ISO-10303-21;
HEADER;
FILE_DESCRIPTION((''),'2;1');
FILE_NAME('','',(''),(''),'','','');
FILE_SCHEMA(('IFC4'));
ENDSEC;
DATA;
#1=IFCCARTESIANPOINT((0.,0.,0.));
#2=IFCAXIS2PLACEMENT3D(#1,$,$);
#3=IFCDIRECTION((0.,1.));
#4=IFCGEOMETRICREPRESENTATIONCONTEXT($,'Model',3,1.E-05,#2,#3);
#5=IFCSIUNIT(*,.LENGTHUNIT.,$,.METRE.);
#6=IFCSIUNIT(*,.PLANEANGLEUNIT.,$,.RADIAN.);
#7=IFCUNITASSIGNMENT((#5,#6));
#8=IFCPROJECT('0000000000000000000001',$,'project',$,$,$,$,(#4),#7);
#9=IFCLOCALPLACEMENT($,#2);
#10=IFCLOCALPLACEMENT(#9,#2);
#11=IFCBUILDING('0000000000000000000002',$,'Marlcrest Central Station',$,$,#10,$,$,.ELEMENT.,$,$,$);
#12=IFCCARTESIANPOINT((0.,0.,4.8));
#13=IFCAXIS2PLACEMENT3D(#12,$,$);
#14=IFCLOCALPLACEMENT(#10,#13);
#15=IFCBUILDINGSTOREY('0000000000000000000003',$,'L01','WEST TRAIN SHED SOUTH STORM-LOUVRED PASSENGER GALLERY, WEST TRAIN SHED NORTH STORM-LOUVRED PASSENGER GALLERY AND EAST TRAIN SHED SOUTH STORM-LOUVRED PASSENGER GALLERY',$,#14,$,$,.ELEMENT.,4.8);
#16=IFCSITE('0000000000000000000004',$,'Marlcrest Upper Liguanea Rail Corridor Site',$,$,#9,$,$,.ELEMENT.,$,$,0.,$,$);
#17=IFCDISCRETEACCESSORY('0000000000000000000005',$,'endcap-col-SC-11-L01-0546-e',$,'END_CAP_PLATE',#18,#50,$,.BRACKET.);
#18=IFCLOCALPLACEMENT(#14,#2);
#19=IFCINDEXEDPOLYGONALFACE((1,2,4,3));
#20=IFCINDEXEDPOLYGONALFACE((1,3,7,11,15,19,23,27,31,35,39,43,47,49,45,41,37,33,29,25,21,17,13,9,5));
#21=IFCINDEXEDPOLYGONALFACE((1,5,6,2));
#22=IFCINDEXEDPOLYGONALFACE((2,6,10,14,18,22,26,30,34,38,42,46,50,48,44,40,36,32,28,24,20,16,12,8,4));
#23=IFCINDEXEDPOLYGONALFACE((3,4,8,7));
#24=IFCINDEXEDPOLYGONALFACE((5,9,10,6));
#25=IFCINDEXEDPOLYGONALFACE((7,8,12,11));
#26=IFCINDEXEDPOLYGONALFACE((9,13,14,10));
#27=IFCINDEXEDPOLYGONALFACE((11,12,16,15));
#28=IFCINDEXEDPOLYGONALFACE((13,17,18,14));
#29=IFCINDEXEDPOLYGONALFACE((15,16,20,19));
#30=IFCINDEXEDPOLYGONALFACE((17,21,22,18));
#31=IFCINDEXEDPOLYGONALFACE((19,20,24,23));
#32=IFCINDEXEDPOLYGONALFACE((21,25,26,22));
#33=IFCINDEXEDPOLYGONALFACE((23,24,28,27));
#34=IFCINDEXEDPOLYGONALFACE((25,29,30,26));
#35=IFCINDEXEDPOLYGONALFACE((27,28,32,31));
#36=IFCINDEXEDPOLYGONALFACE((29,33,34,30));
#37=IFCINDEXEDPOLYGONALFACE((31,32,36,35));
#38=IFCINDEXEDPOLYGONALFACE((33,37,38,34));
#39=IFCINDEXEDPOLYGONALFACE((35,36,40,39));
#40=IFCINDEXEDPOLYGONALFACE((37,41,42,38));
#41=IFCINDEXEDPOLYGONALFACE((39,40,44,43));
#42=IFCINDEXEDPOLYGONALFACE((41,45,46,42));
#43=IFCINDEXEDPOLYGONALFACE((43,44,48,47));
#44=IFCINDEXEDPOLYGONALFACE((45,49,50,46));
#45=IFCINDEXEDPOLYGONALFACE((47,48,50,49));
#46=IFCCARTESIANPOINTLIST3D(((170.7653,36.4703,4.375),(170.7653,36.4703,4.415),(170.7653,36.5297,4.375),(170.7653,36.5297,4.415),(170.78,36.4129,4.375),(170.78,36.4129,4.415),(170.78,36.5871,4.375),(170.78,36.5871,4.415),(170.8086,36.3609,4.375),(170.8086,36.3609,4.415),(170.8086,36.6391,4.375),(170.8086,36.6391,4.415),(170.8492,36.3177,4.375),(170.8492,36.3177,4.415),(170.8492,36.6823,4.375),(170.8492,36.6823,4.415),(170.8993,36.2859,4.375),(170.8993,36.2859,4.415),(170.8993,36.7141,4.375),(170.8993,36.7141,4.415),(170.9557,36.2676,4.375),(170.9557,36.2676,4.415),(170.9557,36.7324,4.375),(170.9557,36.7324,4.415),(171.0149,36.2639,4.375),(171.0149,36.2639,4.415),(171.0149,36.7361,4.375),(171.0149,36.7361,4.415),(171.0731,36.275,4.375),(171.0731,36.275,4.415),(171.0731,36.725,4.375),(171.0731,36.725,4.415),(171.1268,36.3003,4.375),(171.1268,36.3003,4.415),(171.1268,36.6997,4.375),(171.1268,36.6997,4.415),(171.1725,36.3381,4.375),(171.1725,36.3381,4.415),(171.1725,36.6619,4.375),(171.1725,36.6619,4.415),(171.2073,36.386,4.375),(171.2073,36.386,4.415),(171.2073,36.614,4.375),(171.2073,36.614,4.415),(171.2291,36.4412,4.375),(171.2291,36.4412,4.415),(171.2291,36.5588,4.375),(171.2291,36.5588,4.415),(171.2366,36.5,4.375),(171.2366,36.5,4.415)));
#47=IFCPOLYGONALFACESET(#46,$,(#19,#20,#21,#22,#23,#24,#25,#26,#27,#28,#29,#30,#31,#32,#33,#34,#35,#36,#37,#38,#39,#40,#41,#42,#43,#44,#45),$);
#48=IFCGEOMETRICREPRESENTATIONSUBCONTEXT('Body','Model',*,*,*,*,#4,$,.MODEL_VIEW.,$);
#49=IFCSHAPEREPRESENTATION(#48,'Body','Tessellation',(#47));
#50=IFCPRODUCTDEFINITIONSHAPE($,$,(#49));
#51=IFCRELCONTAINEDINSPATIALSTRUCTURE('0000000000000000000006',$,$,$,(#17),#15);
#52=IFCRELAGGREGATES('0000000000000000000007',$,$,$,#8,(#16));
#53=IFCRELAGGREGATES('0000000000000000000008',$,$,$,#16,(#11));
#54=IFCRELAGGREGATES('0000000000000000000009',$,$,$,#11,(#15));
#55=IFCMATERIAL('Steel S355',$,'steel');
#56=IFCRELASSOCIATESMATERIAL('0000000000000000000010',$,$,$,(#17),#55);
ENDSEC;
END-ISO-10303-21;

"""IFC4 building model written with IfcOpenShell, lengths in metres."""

from ifc_helpers import new_model, si_unit, direction, frame, origin, origin_2d, place, context, subcontext, project, spatial, circle, extrude, material, element, save


model = new_model("IFC4")

# Units and contexts
model_context = context("Model", 3, precision=1e-05, world=origin(), true_north=direction((0.0, 1.0)))
body_context = subcontext(model_context, "Body", "Model", "MODEL_VIEW")
ifc_project = project(units=[si_unit("LENGTHUNIT", "METRE"), si_unit("PLANEANGLEUNIT", "RADIAN")], contexts=[model_context])

# Site, building, storey
site_placement = place(None, origin())
site = spatial("IfcSite", under=ifc_project, at=site_placement, Name="Marlcrest Upper Liguanea Rail Corridor Site", CompositionType="ELEMENT", RefElevation=0.0)
building_placement = place(site_placement, origin())
building = spatial("IfcBuilding", under=site, at=building_placement, Name="Marlcrest Central Station", CompositionType="ELEMENT")
storey_placement = place(building_placement, frame((0.0, 0.0, 4.8)))
storey = spatial("IfcBuildingStorey", under=building, at=storey_placement, Name="L01", Description="WEST TRAIN SHED SOUTH STORM-LOUVRED PASSENGER GALLERY, WEST TRAIN SHED NORTH STORM-LOUVRED PASSENGER GALLERY AND EAST TRAIN SHED SOUTH STORM-LOUVRED PASSENGER GALLERY", CompositionType="ELEMENT", Elevation=4.8)

# Shared definitions
ifc_material_1 = material(Name="Steel S355", Category="steel")

# Discrete accessory
for number, where, z_axis, x_axis, name in (
    (1, (171.0, 36.5, 4.375), (0.0, 0.0, 1.0), (1.0, 0.0, 0.0), "endcap-col-SC-11-L01-0546-e"),
):
    element("IfcDiscreteAccessory", number, at=place(storey_placement, frame(where, z_axis=z_axis, x_axis=x_axis)), inside=storey, material=ifc_material_1, Name=name, ObjectType="END_CAP_PLATE", PredefinedType="BRACKET", context=body_context, shape_type="SweptSolid", body=[
        extrude(circle(Radius=0.2366, at=origin_2d()), origin(), (0.0, 0.0, 1.0), 0.04),
    ])

save(model, "model.ifc")
